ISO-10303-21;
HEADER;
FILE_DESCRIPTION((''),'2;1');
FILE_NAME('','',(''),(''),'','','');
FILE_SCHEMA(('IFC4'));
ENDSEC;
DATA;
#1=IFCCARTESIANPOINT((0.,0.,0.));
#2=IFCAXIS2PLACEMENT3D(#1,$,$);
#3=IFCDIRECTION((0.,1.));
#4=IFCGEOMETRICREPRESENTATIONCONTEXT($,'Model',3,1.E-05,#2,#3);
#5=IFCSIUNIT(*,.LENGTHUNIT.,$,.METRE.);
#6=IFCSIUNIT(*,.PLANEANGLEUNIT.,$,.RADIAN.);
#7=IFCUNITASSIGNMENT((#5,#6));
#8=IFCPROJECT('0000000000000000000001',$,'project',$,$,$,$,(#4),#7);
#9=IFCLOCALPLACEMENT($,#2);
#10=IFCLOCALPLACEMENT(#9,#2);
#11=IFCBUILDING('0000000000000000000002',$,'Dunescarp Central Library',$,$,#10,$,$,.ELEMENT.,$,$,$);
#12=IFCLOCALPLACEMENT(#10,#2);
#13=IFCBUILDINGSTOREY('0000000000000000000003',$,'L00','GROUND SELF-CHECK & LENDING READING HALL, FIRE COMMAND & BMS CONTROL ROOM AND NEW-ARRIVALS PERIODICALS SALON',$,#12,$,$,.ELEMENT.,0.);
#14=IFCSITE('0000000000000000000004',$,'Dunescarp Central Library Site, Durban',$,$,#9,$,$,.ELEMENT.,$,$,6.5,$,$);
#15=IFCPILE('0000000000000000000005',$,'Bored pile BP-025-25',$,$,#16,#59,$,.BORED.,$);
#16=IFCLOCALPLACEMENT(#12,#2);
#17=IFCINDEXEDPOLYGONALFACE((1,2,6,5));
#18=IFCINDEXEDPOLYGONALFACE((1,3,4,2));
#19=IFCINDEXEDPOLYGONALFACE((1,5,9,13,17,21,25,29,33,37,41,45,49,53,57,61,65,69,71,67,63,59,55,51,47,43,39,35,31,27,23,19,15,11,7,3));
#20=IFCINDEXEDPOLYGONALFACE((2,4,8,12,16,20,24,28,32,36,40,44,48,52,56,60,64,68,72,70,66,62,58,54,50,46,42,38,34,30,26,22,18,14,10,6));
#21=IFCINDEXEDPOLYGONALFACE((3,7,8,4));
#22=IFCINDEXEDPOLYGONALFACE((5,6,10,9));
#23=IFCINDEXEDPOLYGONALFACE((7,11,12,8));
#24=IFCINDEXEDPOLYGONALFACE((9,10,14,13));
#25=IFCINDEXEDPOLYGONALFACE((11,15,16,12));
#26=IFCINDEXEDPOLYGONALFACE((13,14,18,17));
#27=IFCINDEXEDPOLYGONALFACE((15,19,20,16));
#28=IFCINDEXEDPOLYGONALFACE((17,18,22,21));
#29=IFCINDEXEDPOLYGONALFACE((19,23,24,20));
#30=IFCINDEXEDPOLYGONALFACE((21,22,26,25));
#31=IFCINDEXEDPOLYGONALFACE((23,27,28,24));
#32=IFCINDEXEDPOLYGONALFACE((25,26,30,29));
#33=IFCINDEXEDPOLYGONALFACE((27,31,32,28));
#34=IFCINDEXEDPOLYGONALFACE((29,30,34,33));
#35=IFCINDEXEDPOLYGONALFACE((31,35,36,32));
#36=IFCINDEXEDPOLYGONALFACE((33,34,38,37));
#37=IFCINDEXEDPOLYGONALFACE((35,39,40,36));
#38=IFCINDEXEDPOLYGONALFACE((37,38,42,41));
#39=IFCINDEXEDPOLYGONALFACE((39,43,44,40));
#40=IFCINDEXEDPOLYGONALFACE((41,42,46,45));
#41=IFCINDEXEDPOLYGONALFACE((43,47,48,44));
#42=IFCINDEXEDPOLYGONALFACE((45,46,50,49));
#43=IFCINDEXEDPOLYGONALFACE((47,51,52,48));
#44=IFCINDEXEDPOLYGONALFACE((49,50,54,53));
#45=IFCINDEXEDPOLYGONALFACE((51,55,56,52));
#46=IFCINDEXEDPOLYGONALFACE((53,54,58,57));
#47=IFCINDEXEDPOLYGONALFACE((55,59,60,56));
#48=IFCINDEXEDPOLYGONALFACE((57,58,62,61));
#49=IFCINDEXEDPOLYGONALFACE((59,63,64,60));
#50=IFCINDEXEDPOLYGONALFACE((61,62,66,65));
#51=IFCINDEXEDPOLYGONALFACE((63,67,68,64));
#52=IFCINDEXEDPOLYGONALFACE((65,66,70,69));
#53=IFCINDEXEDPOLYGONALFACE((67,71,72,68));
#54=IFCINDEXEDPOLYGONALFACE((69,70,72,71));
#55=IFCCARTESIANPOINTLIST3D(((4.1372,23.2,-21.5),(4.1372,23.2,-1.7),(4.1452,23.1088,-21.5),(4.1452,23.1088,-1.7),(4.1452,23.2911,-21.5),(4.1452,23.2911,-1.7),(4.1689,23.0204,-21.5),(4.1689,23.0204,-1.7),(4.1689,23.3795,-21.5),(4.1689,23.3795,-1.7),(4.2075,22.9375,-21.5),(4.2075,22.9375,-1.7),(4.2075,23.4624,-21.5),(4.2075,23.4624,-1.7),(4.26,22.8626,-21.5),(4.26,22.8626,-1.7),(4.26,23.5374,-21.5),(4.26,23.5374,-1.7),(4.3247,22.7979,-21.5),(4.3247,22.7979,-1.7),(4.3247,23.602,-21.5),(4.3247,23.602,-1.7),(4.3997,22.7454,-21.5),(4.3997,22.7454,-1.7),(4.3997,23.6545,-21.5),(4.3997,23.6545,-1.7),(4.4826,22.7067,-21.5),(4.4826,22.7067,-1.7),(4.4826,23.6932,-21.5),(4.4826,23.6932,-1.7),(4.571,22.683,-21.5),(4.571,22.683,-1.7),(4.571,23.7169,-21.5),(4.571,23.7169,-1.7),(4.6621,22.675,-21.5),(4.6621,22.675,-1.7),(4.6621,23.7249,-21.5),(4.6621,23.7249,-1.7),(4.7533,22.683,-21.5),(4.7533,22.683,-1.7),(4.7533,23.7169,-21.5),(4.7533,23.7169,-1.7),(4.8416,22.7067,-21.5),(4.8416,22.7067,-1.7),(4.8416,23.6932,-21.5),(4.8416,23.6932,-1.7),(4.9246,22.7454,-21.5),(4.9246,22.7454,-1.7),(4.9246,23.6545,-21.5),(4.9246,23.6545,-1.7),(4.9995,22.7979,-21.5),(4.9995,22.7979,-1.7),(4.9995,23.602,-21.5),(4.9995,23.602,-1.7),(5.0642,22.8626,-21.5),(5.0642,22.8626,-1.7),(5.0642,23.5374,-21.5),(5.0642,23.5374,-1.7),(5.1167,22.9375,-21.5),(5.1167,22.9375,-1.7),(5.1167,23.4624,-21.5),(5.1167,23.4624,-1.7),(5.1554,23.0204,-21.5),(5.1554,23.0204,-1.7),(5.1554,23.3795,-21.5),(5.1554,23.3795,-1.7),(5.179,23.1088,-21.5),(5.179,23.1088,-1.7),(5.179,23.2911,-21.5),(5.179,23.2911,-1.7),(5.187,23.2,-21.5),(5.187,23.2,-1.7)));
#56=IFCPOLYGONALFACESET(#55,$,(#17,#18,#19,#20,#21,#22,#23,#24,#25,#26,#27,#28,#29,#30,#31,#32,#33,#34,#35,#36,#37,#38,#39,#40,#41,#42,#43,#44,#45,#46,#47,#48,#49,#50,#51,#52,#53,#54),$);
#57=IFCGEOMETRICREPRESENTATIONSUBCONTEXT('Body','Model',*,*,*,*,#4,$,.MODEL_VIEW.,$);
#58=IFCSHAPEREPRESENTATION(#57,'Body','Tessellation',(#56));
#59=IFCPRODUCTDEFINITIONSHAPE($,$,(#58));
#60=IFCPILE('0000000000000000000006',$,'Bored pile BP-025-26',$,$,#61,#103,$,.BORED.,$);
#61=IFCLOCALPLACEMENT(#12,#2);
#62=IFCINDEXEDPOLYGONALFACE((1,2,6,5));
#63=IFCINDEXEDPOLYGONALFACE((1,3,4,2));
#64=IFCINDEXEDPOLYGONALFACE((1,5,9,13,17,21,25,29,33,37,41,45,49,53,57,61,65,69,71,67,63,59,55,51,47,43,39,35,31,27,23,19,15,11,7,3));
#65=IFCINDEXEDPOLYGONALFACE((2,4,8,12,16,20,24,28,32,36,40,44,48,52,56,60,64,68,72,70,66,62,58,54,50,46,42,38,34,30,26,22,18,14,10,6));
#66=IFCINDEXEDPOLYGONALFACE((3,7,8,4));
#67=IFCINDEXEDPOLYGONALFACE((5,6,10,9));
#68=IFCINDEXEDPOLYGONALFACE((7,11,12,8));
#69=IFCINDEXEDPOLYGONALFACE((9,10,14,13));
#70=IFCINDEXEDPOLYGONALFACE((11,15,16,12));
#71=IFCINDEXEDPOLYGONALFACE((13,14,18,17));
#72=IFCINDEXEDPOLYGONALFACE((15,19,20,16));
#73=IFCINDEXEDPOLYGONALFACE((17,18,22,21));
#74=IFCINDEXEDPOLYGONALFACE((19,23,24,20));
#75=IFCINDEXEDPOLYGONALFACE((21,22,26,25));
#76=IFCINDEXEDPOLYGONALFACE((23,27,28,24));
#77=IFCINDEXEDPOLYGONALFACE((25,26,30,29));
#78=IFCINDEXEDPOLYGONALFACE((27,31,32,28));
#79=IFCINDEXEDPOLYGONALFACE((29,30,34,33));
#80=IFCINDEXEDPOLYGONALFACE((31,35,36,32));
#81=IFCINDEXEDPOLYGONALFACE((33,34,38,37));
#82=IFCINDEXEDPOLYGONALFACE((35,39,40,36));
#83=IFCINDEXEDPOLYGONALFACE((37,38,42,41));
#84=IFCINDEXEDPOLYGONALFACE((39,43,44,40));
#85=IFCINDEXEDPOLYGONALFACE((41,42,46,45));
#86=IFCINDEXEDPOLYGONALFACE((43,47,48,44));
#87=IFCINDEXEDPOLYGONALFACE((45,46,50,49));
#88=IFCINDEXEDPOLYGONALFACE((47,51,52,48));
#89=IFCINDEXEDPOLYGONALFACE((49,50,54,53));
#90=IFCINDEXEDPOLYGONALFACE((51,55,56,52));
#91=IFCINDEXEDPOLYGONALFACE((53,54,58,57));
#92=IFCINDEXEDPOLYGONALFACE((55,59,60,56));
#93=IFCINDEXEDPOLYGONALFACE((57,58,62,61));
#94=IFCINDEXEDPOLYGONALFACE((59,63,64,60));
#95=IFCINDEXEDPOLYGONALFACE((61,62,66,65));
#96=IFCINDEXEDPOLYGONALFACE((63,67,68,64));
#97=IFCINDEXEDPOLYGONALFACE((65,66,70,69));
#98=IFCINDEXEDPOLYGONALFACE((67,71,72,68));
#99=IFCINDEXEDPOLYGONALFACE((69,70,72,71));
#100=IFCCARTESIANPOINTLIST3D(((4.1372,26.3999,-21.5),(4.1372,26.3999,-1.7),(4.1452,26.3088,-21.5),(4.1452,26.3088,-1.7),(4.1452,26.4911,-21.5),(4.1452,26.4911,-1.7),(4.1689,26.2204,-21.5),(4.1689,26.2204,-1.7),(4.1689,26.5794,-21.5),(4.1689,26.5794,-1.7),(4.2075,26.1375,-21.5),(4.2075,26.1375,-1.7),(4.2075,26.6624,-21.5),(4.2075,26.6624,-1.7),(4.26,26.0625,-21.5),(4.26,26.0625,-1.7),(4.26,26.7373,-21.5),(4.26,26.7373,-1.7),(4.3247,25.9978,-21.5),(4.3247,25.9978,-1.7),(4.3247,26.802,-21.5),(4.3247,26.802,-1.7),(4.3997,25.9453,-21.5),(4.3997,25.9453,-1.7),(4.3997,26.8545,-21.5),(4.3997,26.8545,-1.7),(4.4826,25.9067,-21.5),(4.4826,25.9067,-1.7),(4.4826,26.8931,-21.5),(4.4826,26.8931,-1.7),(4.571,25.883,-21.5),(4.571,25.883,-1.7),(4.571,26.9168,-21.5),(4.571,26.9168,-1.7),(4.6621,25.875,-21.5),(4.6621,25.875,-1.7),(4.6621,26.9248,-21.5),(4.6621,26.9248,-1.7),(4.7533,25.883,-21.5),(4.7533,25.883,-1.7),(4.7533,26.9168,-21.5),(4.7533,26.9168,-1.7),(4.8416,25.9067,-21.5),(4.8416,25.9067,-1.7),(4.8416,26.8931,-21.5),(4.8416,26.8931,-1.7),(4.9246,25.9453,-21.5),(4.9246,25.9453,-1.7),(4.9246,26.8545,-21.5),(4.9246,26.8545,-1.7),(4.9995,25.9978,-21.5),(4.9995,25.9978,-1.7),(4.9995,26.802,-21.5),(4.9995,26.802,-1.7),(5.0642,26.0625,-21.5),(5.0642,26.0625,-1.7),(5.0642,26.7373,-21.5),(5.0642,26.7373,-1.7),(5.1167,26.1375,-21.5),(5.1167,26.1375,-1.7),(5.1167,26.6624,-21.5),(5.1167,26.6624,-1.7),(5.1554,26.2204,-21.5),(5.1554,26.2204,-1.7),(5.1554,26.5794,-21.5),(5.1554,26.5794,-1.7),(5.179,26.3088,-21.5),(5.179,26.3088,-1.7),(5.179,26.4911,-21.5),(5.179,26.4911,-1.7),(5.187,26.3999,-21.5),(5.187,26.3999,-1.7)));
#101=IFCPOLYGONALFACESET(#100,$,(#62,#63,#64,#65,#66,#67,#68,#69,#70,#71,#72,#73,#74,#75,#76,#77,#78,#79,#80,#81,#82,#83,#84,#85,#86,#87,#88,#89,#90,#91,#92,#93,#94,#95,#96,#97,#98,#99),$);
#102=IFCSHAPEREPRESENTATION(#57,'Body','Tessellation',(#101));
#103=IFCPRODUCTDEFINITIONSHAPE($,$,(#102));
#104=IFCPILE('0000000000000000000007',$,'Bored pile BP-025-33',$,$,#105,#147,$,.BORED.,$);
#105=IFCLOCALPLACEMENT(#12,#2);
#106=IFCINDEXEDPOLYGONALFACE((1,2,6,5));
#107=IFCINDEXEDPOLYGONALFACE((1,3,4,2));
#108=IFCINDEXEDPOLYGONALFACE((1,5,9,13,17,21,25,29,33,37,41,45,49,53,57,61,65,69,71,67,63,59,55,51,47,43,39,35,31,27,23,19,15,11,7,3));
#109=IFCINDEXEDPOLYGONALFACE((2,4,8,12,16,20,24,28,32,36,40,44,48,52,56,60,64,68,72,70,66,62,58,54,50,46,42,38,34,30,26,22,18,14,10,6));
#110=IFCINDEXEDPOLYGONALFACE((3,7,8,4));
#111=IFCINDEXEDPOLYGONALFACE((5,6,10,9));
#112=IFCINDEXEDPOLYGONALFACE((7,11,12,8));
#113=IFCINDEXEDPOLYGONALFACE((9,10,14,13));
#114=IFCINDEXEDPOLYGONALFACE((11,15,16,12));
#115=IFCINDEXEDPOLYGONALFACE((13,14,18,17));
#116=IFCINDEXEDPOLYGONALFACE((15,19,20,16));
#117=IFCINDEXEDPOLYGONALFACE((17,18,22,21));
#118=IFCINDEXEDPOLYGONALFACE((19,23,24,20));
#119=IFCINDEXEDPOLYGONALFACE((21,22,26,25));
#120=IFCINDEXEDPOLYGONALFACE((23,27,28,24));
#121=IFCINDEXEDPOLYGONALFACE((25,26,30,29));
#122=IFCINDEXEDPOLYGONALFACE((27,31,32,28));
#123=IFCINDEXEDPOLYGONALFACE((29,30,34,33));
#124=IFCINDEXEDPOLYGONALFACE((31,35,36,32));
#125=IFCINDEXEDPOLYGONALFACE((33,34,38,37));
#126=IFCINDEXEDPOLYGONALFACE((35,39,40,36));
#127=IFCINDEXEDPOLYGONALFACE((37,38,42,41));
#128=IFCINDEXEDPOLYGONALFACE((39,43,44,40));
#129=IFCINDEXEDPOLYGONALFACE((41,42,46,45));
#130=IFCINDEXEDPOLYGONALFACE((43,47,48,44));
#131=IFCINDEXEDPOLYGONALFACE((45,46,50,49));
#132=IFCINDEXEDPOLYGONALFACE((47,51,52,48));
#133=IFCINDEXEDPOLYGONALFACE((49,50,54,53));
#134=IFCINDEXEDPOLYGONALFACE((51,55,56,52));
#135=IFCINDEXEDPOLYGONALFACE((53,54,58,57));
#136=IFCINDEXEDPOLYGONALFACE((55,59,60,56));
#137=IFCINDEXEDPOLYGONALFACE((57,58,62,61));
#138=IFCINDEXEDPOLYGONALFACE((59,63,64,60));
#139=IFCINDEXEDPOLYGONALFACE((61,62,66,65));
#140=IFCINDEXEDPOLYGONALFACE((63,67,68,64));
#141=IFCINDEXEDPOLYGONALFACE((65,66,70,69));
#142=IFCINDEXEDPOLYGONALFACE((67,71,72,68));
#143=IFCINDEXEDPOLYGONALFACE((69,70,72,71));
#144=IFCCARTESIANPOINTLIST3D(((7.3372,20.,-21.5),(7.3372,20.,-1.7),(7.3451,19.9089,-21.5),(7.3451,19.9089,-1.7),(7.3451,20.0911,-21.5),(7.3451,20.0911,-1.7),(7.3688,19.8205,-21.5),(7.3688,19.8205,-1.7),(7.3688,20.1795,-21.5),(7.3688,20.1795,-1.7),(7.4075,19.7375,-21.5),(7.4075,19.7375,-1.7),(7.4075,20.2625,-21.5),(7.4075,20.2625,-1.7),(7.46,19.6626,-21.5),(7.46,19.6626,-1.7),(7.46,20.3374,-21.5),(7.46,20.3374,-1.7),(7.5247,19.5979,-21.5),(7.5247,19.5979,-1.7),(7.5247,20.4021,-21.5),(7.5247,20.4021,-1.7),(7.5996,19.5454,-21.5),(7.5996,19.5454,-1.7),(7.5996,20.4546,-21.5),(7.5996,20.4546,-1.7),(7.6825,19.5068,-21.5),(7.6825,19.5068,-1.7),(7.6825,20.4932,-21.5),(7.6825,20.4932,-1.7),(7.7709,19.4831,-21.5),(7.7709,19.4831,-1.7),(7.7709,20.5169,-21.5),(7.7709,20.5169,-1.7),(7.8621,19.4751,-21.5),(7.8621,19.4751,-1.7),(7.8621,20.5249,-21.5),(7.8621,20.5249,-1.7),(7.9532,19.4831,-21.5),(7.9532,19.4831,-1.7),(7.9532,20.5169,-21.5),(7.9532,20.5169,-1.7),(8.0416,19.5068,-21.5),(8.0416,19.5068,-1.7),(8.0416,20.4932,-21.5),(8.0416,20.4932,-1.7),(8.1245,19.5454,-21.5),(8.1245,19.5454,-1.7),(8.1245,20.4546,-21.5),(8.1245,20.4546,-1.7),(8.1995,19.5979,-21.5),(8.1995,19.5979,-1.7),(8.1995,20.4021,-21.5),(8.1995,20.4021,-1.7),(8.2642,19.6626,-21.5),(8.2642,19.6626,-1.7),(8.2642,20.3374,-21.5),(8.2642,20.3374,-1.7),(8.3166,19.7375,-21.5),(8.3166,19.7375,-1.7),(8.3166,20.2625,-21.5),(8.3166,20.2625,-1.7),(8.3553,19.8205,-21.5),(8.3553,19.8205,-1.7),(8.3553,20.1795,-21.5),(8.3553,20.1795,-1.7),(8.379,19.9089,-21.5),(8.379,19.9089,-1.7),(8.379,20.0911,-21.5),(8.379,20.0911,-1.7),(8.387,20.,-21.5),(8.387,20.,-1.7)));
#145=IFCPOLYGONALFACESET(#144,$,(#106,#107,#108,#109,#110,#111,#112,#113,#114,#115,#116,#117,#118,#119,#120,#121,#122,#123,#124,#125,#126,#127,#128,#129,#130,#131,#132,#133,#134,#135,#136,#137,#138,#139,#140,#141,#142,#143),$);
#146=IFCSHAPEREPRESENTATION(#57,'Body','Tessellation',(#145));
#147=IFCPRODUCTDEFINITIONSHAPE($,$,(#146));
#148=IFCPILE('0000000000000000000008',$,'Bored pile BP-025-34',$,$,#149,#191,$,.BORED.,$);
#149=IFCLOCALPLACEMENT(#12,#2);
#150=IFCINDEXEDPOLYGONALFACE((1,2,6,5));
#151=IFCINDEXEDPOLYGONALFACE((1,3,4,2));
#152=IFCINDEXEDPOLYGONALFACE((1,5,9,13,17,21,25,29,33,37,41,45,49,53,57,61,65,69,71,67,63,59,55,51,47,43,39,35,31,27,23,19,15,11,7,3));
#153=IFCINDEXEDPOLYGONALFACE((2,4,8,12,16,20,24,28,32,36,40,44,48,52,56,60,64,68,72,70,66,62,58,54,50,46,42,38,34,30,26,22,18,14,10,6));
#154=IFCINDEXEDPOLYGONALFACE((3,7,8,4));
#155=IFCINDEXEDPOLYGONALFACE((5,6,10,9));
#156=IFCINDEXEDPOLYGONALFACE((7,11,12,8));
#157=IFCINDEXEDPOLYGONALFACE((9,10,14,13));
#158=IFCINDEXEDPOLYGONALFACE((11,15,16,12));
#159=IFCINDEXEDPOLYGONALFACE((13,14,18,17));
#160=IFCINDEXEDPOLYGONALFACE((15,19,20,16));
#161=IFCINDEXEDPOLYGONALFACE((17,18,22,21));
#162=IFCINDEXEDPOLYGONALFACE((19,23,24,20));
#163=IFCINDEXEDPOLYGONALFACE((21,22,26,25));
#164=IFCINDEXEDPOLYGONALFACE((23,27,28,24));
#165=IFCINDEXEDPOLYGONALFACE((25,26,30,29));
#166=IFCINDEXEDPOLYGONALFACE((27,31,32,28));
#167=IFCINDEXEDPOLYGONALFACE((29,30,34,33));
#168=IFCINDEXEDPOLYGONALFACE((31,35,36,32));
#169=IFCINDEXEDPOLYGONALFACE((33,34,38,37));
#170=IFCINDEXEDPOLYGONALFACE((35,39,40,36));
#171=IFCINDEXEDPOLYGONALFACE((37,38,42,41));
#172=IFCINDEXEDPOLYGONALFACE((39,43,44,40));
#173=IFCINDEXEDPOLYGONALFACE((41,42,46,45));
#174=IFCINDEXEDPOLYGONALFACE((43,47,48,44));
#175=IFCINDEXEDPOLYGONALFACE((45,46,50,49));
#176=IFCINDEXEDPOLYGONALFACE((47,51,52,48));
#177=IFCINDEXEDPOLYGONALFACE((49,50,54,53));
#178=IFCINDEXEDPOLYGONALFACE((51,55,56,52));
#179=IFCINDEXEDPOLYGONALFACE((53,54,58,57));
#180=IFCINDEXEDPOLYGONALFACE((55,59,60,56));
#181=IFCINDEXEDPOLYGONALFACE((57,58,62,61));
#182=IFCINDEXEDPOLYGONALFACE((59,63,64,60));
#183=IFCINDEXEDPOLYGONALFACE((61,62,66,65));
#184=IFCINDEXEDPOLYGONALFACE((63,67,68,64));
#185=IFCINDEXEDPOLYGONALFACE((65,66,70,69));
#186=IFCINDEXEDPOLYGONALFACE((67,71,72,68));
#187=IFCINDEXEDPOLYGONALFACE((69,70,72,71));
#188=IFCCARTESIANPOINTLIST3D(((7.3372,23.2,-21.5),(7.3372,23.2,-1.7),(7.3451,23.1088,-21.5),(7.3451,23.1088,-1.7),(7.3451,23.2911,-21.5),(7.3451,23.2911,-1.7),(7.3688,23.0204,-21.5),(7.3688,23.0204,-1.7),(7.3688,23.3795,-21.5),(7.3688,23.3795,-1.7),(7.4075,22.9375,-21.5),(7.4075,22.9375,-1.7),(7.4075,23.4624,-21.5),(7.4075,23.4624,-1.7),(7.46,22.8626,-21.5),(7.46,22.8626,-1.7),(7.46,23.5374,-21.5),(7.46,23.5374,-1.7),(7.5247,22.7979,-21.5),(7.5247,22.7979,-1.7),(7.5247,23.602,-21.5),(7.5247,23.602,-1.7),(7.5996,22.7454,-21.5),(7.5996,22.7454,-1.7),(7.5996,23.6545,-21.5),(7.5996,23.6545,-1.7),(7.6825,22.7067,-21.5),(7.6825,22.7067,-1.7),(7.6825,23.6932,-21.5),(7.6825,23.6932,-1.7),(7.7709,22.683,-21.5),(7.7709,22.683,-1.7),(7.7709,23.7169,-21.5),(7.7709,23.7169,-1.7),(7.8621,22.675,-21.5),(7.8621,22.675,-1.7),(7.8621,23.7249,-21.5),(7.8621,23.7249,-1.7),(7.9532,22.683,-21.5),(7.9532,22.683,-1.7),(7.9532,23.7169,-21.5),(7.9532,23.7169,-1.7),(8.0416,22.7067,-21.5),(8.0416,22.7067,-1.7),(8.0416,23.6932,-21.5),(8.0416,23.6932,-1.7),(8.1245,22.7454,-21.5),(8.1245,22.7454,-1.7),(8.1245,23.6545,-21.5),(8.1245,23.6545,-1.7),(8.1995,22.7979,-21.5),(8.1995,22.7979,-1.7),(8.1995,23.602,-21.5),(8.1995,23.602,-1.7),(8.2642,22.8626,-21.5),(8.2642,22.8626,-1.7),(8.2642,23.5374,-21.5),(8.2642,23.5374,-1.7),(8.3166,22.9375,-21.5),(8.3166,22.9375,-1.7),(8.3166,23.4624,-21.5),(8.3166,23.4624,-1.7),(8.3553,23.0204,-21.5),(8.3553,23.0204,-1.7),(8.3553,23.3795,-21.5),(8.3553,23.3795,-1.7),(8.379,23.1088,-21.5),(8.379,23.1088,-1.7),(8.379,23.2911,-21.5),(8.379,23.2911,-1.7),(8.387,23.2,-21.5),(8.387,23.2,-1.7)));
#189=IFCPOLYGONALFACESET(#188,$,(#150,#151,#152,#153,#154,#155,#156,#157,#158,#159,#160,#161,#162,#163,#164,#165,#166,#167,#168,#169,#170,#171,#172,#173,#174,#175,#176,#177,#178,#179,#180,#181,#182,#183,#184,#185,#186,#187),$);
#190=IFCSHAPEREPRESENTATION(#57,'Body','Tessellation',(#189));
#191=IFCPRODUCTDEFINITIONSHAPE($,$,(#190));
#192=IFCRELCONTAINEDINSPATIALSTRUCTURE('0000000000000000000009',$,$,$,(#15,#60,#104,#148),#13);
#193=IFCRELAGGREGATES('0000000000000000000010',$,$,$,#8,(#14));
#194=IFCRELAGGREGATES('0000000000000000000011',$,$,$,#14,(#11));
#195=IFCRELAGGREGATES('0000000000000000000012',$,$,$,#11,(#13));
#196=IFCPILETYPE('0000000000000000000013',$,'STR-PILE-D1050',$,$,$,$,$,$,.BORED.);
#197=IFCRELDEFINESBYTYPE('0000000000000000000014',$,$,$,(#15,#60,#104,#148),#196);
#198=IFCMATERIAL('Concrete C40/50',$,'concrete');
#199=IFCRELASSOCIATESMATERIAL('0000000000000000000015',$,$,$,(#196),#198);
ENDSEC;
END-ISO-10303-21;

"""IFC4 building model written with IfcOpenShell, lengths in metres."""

from ifc_helpers import new_model, si_unit, direction, frame, origin, origin_2d, place, context, subcontext, project, spatial, circle, extrude, material, material_profile, profile_set, type_object, element, save


model = new_model("IFC4")

# Units and contexts
model_context = context("Model", 3, precision=1e-05, world=origin(), true_north=direction((0.0, 1.0)))
body_context = subcontext(model_context, "Body", "Model", "MODEL_VIEW")
ifc_project = project(units=[si_unit("LENGTHUNIT", "METRE"), si_unit("PLANEANGLEUNIT", "RADIAN")], contexts=[model_context])

# Site, building, storey
site_placement = place(None, origin())
site = spatial("IfcSite", under=ifc_project, at=site_placement, Name="Dunescarp Central Library Site, Durban", CompositionType="ELEMENT", RefElevation=6.5)
building_placement = place(site_placement, origin())
building = spatial("IfcBuilding", under=site, at=building_placement, Name="Dunescarp Central Library", CompositionType="ELEMENT")
storey_placement = place(building_placement, origin())
storey = spatial("IfcBuildingStorey", under=building, at=storey_placement, Name="L00", Description="GROUND SELF-CHECK & LENDING READING HALL, FIRE COMMAND & BMS CONTROL ROOM AND NEW-ARRIVALS PERIODICALS SALON", CompositionType="ELEMENT", Elevation=0.0)

# Piles
ifc_material_1 = material(Name="Concrete C40/50", Category="concrete")
ifc_material_profile_1 = material_profile(ifc_material_1, circle(Radius=0.5249, at=origin_2d()), Name="PILE D1050")
ifc_profile_set_1 = profile_set([ifc_material_profile_1], Name="Concrete C40/50")
pile_type = type_object("IfcPileType", Name="STR-PILE-D1050", PredefinedType="BORED", material=ifc_profile_set_1)
for number, where, z_axis, x_axis, name in (
    (1, (4.6621, 23.2, -1.7), (0.0, 0.0, -1.0), (1.0, 0.0, 0.0), "Bored pile BP-025-25"),
    (2, (4.6621, 26.3999, -1.7), (0.0, 0.0, -1.0), (1.0, 0.0, 0.0), "Bored pile BP-025-26"),
    (3, (7.8621, 20.0, -1.7), (0.0, 0.0, -1.0), (1.0, 0.0, 0.0), "Bored pile BP-025-33"),
    (4, (7.8621, 23.2, -1.7), (0.0, 0.0, -1.0), (1.0, 0.0, 0.0), "Bored pile BP-025-34"),
):
    element("IfcPile", number, at=place(storey_placement, frame(where, z_axis=z_axis, x_axis=x_axis)), inside=storey, type_object=pile_type, Name=name, PredefinedType="BORED", context=body_context, shape_type="SweptSolid", body=[
        extrude(circle(Radius=0.5249, at=origin_2d()), origin(), (0.0, 0.0, 1.0), 19.8),
    ])

save(model, "model.ifc")
